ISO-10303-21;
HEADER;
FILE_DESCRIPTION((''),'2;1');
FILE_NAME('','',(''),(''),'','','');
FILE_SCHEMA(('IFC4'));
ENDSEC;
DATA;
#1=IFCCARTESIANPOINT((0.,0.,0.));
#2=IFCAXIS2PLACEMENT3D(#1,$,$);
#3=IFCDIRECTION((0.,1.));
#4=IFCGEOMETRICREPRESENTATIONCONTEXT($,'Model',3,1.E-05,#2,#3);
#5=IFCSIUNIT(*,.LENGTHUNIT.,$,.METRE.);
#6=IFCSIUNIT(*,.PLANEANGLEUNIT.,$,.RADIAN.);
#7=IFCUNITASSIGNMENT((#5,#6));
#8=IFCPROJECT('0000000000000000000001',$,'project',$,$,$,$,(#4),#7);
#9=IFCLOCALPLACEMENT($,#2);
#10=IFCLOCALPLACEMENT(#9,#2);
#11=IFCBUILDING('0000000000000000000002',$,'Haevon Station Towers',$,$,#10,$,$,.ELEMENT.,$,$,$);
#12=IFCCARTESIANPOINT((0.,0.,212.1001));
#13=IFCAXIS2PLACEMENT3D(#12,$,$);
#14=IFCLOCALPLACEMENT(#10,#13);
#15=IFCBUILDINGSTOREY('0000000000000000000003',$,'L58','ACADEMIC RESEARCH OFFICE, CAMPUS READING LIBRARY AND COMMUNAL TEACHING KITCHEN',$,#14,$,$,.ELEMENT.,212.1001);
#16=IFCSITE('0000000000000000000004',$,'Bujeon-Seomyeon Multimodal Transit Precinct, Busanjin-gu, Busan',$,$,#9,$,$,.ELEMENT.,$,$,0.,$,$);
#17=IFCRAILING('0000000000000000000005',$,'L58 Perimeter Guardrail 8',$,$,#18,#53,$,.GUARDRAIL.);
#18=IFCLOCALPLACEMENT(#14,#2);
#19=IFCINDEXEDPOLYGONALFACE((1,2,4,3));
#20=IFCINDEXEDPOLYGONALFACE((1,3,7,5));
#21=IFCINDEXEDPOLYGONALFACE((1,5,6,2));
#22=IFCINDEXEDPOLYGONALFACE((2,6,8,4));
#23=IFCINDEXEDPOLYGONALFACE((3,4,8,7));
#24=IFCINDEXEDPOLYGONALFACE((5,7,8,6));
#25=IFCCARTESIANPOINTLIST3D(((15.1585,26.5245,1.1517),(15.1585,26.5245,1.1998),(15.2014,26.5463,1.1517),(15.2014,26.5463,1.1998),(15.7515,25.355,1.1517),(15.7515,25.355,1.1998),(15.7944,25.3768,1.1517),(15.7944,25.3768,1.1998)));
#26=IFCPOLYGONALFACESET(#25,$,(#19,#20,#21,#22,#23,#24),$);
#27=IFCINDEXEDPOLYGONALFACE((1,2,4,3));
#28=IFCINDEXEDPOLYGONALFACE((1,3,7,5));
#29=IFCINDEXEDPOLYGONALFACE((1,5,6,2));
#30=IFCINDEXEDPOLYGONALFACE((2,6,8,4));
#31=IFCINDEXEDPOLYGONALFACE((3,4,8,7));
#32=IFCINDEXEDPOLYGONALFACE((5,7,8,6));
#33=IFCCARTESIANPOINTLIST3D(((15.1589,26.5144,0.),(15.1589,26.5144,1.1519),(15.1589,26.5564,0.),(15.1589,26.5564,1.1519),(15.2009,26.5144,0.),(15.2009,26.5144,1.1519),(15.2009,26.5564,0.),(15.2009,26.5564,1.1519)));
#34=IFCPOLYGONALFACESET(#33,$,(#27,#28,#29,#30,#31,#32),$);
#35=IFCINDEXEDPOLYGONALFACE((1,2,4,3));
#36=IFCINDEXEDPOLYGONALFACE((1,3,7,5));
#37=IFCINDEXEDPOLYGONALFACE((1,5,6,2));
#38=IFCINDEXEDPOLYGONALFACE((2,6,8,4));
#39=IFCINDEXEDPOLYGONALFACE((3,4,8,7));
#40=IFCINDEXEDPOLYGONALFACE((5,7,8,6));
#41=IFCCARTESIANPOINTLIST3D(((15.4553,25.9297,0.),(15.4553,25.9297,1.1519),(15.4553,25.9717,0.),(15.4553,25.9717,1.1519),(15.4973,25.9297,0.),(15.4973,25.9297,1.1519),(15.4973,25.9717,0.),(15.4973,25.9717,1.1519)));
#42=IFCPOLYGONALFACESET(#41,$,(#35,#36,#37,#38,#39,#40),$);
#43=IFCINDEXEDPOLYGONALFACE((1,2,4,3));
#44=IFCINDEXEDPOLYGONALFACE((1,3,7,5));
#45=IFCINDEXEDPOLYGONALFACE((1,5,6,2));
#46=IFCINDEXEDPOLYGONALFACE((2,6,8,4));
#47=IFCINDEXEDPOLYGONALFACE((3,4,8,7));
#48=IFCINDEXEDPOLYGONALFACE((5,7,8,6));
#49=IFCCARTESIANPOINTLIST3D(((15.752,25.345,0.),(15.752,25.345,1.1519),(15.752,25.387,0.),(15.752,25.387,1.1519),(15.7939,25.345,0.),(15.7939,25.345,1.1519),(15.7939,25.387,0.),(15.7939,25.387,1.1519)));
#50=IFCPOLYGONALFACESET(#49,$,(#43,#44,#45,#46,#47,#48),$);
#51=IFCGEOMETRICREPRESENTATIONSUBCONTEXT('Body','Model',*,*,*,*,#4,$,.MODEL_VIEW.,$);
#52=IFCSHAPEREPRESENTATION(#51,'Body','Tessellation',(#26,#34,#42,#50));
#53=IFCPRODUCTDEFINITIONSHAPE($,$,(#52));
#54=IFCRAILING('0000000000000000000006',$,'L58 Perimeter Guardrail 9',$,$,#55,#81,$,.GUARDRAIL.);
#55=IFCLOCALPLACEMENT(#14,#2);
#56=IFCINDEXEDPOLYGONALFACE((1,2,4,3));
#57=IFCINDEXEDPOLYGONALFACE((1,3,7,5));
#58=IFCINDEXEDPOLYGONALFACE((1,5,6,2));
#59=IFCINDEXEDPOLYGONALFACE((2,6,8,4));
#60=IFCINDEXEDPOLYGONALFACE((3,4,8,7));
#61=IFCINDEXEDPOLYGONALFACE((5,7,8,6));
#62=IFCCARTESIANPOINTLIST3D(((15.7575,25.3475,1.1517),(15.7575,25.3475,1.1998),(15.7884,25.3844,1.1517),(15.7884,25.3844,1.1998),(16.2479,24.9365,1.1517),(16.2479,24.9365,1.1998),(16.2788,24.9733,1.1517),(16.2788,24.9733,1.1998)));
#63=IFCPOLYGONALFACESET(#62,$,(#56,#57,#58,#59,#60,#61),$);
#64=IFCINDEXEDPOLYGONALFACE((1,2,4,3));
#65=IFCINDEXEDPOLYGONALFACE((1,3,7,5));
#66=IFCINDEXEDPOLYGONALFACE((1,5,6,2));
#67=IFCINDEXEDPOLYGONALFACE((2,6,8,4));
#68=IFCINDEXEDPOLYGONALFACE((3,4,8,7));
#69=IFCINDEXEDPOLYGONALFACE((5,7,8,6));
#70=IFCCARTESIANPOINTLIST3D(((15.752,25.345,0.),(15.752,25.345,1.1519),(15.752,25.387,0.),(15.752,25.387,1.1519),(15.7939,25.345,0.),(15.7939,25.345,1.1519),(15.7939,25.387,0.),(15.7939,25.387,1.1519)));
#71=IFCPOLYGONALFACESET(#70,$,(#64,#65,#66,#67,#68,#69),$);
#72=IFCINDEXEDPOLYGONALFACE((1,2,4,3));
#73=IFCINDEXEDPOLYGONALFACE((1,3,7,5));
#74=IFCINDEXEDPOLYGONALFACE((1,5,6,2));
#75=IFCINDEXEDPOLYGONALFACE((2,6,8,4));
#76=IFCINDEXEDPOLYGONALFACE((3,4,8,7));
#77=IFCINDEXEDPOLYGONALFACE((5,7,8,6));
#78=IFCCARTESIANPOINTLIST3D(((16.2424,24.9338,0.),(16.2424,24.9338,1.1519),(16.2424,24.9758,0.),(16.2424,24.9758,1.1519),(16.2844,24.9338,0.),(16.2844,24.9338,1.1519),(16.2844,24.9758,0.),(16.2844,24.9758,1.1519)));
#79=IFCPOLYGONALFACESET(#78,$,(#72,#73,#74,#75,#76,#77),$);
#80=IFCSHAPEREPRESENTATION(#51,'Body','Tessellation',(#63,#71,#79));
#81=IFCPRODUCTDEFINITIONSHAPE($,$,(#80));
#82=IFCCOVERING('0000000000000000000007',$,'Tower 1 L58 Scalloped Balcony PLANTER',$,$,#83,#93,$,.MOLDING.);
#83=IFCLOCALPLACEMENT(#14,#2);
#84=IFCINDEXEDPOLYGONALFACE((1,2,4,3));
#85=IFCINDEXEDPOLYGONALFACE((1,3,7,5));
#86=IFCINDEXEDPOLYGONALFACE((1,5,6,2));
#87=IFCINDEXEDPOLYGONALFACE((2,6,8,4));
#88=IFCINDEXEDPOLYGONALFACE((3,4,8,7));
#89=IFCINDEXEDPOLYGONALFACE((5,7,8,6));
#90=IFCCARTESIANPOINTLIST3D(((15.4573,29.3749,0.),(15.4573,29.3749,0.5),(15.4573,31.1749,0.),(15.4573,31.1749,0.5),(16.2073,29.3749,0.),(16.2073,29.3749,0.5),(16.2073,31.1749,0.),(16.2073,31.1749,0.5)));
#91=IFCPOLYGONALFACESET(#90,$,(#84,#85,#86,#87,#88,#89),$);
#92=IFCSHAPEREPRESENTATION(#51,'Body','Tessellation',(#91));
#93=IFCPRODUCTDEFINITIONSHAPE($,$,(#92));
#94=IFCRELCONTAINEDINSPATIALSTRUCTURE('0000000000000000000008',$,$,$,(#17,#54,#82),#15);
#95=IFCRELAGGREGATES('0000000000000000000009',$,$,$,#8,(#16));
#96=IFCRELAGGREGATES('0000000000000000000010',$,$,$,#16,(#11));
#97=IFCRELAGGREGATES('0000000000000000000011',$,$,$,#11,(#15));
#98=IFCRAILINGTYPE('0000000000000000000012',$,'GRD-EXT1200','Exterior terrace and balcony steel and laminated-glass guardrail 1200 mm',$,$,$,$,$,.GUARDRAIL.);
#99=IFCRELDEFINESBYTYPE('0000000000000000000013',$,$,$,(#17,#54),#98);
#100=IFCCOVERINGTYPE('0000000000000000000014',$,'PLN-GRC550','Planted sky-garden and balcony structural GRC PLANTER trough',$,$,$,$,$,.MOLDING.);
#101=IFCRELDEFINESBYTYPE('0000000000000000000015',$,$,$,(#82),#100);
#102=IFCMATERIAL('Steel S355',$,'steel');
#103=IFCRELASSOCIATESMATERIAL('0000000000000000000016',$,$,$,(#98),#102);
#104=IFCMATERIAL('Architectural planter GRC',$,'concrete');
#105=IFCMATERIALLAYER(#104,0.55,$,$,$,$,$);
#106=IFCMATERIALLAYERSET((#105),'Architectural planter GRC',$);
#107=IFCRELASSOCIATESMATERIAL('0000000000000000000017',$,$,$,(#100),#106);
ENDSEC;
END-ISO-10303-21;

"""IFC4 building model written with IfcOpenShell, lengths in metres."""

from ifc_helpers import new_model, si_unit, direction, frame, origin, origin_2d, place, context, subcontext, project, spatial, rectangle, extrude, material, layer, layer_set, type_object, element, save


model = new_model("IFC4")

# Units and contexts
model_context = context("Model", 3, precision=1e-05, world=origin(), true_north=direction((0.0, 1.0)))
body_context = subcontext(model_context, "Body", "Model", "MODEL_VIEW")
ifc_project = project(units=[si_unit("LENGTHUNIT", "METRE"), si_unit("PLANEANGLEUNIT", "RADIAN")], contexts=[model_context])

# Site, building, storey
site_placement = place(None, origin())
site = spatial("IfcSite", under=ifc_project, at=site_placement, Name="Bujeon-Seomyeon Multimodal Transit Precinct, Busanjin-gu, Busan", CompositionType="ELEMENT", RefElevation=0.0)
building_placement = place(site_placement, origin())
building = spatial("IfcBuilding", under=site, at=building_placement, Name="Haevon Station Towers", CompositionType="ELEMENT")
storey_placement = place(building_placement, frame((0.0, 0.0, 212.1001)))
storey = spatial("IfcBuildingStorey", under=building, at=storey_placement, Name="L58", Description="ACADEMIC RESEARCH OFFICE, CAMPUS READING LIBRARY AND COMMUNAL TEACHING KITCHEN", CompositionType="ELEMENT", Elevation=212.1001)

# Shared definitions
ifc_material_1 = material(Name="Steel S355", Category="steel")

# Railings
railing_type = type_object("IfcRailingType", Name="GRD-EXT1200", Description="Exterior terrace and balcony steel and laminated-glass guardrail 1200 mm", PredefinedType="GUARDRAIL", material=ifc_material_1)
railing_1_placement = place(storey_placement, frame((15.1799, 26.5354, 0.0)))
element("IfcRailing", 1, at=railing_1_placement, inside=storey, type_object=railing_type, Name="L58 Perimeter Guardrail 8", PredefinedType="GUARDRAIL", context=body_context, shape_type="SweptSolid", body=[
    extrude(rectangle(XDim=0.0481, YDim=0.0481, at=origin_2d()), frame((0.0, 0.0, 1.1758), z_axis=(0.452271, -0.891881, 0.0), x_axis=(0.891881, 0.452271, 0.0)), (0.0, 0.0, 1.0), 1.3113),
    extrude(rectangle(XDim=0.042, YDim=0.042, at=origin_2d()), origin(), (0.0, 0.0, 1.0), 1.1519),
    extrude(rectangle(XDim=0.042, YDim=0.042, at=origin_2d()), frame((0.2964, -0.5847, 0.0)), (0.0, 0.0, 1.0), 1.1519),
    extrude(rectangle(XDim=0.042, YDim=0.042, at=origin_2d()), frame((0.593, -1.1694, 0.0)), (0.0, 0.0, 1.0), 1.1519),
])
railing_2_placement = place(storey_placement, frame((15.7729, 25.366, 0.0)))
element("IfcRailing", 2, at=railing_2_placement, inside=storey, type_object=railing_type, Name="L58 Perimeter Guardrail 9", PredefinedType="GUARDRAIL", context=body_context, shape_type="SweptSolid", body=[
    extrude(rectangle(XDim=0.0481, YDim=0.0481, at=origin_2d()), frame((0.0, 0.0, 1.1758), z_axis=(0.766373, -0.642396, 0.0), x_axis=(0.642396, 0.766373, 0.0)), (0.0, 0.0, 1.0), 0.6399),
    extrude(rectangle(XDim=0.042, YDim=0.042, at=origin_2d()), origin(), (0.0, 0.0, 1.0), 1.1519),
    extrude(rectangle(XDim=0.042, YDim=0.042, at=origin_2d()), frame((0.4905, -0.4111, 0.0)), (0.0, 0.0, 1.0), 1.1519),
])

# Covering
ifc_material_2 = material(Name="Architectural planter GRC", Category="concrete")
ifc_layer_1 = layer(ifc_material_2, 0.55)
ifc_layer_set_1 = layer_set([ifc_layer_1], Name="Architectural planter GRC")
covering_type = type_object("IfcCoveringType", Name="PLN-GRC550", Description="Planted sky-garden and balcony structural GRC PLANTER trough", PredefinedType="MOLDING", material=ifc_layer_set_1)
covering_placement = place(storey_placement, frame((15.8323, 30.2749, 0.0), z_axis=(0.0, 0.0, 1.0), x_axis=(1.0, 0.0, 0.0)))
element("IfcCovering", 3, at=covering_placement, inside=storey, type_object=covering_type, Name="Tower 1 L58 Scalloped Balcony PLANTER", PredefinedType="MOLDING", context=body_context, shape_type="SweptSolid", body=[
    extrude(rectangle(XDim=0.75, YDim=1.8, at=origin_2d()), origin(), (0.0, 0.0, 1.0), 0.5),
])

save(model, "model.ifc")
